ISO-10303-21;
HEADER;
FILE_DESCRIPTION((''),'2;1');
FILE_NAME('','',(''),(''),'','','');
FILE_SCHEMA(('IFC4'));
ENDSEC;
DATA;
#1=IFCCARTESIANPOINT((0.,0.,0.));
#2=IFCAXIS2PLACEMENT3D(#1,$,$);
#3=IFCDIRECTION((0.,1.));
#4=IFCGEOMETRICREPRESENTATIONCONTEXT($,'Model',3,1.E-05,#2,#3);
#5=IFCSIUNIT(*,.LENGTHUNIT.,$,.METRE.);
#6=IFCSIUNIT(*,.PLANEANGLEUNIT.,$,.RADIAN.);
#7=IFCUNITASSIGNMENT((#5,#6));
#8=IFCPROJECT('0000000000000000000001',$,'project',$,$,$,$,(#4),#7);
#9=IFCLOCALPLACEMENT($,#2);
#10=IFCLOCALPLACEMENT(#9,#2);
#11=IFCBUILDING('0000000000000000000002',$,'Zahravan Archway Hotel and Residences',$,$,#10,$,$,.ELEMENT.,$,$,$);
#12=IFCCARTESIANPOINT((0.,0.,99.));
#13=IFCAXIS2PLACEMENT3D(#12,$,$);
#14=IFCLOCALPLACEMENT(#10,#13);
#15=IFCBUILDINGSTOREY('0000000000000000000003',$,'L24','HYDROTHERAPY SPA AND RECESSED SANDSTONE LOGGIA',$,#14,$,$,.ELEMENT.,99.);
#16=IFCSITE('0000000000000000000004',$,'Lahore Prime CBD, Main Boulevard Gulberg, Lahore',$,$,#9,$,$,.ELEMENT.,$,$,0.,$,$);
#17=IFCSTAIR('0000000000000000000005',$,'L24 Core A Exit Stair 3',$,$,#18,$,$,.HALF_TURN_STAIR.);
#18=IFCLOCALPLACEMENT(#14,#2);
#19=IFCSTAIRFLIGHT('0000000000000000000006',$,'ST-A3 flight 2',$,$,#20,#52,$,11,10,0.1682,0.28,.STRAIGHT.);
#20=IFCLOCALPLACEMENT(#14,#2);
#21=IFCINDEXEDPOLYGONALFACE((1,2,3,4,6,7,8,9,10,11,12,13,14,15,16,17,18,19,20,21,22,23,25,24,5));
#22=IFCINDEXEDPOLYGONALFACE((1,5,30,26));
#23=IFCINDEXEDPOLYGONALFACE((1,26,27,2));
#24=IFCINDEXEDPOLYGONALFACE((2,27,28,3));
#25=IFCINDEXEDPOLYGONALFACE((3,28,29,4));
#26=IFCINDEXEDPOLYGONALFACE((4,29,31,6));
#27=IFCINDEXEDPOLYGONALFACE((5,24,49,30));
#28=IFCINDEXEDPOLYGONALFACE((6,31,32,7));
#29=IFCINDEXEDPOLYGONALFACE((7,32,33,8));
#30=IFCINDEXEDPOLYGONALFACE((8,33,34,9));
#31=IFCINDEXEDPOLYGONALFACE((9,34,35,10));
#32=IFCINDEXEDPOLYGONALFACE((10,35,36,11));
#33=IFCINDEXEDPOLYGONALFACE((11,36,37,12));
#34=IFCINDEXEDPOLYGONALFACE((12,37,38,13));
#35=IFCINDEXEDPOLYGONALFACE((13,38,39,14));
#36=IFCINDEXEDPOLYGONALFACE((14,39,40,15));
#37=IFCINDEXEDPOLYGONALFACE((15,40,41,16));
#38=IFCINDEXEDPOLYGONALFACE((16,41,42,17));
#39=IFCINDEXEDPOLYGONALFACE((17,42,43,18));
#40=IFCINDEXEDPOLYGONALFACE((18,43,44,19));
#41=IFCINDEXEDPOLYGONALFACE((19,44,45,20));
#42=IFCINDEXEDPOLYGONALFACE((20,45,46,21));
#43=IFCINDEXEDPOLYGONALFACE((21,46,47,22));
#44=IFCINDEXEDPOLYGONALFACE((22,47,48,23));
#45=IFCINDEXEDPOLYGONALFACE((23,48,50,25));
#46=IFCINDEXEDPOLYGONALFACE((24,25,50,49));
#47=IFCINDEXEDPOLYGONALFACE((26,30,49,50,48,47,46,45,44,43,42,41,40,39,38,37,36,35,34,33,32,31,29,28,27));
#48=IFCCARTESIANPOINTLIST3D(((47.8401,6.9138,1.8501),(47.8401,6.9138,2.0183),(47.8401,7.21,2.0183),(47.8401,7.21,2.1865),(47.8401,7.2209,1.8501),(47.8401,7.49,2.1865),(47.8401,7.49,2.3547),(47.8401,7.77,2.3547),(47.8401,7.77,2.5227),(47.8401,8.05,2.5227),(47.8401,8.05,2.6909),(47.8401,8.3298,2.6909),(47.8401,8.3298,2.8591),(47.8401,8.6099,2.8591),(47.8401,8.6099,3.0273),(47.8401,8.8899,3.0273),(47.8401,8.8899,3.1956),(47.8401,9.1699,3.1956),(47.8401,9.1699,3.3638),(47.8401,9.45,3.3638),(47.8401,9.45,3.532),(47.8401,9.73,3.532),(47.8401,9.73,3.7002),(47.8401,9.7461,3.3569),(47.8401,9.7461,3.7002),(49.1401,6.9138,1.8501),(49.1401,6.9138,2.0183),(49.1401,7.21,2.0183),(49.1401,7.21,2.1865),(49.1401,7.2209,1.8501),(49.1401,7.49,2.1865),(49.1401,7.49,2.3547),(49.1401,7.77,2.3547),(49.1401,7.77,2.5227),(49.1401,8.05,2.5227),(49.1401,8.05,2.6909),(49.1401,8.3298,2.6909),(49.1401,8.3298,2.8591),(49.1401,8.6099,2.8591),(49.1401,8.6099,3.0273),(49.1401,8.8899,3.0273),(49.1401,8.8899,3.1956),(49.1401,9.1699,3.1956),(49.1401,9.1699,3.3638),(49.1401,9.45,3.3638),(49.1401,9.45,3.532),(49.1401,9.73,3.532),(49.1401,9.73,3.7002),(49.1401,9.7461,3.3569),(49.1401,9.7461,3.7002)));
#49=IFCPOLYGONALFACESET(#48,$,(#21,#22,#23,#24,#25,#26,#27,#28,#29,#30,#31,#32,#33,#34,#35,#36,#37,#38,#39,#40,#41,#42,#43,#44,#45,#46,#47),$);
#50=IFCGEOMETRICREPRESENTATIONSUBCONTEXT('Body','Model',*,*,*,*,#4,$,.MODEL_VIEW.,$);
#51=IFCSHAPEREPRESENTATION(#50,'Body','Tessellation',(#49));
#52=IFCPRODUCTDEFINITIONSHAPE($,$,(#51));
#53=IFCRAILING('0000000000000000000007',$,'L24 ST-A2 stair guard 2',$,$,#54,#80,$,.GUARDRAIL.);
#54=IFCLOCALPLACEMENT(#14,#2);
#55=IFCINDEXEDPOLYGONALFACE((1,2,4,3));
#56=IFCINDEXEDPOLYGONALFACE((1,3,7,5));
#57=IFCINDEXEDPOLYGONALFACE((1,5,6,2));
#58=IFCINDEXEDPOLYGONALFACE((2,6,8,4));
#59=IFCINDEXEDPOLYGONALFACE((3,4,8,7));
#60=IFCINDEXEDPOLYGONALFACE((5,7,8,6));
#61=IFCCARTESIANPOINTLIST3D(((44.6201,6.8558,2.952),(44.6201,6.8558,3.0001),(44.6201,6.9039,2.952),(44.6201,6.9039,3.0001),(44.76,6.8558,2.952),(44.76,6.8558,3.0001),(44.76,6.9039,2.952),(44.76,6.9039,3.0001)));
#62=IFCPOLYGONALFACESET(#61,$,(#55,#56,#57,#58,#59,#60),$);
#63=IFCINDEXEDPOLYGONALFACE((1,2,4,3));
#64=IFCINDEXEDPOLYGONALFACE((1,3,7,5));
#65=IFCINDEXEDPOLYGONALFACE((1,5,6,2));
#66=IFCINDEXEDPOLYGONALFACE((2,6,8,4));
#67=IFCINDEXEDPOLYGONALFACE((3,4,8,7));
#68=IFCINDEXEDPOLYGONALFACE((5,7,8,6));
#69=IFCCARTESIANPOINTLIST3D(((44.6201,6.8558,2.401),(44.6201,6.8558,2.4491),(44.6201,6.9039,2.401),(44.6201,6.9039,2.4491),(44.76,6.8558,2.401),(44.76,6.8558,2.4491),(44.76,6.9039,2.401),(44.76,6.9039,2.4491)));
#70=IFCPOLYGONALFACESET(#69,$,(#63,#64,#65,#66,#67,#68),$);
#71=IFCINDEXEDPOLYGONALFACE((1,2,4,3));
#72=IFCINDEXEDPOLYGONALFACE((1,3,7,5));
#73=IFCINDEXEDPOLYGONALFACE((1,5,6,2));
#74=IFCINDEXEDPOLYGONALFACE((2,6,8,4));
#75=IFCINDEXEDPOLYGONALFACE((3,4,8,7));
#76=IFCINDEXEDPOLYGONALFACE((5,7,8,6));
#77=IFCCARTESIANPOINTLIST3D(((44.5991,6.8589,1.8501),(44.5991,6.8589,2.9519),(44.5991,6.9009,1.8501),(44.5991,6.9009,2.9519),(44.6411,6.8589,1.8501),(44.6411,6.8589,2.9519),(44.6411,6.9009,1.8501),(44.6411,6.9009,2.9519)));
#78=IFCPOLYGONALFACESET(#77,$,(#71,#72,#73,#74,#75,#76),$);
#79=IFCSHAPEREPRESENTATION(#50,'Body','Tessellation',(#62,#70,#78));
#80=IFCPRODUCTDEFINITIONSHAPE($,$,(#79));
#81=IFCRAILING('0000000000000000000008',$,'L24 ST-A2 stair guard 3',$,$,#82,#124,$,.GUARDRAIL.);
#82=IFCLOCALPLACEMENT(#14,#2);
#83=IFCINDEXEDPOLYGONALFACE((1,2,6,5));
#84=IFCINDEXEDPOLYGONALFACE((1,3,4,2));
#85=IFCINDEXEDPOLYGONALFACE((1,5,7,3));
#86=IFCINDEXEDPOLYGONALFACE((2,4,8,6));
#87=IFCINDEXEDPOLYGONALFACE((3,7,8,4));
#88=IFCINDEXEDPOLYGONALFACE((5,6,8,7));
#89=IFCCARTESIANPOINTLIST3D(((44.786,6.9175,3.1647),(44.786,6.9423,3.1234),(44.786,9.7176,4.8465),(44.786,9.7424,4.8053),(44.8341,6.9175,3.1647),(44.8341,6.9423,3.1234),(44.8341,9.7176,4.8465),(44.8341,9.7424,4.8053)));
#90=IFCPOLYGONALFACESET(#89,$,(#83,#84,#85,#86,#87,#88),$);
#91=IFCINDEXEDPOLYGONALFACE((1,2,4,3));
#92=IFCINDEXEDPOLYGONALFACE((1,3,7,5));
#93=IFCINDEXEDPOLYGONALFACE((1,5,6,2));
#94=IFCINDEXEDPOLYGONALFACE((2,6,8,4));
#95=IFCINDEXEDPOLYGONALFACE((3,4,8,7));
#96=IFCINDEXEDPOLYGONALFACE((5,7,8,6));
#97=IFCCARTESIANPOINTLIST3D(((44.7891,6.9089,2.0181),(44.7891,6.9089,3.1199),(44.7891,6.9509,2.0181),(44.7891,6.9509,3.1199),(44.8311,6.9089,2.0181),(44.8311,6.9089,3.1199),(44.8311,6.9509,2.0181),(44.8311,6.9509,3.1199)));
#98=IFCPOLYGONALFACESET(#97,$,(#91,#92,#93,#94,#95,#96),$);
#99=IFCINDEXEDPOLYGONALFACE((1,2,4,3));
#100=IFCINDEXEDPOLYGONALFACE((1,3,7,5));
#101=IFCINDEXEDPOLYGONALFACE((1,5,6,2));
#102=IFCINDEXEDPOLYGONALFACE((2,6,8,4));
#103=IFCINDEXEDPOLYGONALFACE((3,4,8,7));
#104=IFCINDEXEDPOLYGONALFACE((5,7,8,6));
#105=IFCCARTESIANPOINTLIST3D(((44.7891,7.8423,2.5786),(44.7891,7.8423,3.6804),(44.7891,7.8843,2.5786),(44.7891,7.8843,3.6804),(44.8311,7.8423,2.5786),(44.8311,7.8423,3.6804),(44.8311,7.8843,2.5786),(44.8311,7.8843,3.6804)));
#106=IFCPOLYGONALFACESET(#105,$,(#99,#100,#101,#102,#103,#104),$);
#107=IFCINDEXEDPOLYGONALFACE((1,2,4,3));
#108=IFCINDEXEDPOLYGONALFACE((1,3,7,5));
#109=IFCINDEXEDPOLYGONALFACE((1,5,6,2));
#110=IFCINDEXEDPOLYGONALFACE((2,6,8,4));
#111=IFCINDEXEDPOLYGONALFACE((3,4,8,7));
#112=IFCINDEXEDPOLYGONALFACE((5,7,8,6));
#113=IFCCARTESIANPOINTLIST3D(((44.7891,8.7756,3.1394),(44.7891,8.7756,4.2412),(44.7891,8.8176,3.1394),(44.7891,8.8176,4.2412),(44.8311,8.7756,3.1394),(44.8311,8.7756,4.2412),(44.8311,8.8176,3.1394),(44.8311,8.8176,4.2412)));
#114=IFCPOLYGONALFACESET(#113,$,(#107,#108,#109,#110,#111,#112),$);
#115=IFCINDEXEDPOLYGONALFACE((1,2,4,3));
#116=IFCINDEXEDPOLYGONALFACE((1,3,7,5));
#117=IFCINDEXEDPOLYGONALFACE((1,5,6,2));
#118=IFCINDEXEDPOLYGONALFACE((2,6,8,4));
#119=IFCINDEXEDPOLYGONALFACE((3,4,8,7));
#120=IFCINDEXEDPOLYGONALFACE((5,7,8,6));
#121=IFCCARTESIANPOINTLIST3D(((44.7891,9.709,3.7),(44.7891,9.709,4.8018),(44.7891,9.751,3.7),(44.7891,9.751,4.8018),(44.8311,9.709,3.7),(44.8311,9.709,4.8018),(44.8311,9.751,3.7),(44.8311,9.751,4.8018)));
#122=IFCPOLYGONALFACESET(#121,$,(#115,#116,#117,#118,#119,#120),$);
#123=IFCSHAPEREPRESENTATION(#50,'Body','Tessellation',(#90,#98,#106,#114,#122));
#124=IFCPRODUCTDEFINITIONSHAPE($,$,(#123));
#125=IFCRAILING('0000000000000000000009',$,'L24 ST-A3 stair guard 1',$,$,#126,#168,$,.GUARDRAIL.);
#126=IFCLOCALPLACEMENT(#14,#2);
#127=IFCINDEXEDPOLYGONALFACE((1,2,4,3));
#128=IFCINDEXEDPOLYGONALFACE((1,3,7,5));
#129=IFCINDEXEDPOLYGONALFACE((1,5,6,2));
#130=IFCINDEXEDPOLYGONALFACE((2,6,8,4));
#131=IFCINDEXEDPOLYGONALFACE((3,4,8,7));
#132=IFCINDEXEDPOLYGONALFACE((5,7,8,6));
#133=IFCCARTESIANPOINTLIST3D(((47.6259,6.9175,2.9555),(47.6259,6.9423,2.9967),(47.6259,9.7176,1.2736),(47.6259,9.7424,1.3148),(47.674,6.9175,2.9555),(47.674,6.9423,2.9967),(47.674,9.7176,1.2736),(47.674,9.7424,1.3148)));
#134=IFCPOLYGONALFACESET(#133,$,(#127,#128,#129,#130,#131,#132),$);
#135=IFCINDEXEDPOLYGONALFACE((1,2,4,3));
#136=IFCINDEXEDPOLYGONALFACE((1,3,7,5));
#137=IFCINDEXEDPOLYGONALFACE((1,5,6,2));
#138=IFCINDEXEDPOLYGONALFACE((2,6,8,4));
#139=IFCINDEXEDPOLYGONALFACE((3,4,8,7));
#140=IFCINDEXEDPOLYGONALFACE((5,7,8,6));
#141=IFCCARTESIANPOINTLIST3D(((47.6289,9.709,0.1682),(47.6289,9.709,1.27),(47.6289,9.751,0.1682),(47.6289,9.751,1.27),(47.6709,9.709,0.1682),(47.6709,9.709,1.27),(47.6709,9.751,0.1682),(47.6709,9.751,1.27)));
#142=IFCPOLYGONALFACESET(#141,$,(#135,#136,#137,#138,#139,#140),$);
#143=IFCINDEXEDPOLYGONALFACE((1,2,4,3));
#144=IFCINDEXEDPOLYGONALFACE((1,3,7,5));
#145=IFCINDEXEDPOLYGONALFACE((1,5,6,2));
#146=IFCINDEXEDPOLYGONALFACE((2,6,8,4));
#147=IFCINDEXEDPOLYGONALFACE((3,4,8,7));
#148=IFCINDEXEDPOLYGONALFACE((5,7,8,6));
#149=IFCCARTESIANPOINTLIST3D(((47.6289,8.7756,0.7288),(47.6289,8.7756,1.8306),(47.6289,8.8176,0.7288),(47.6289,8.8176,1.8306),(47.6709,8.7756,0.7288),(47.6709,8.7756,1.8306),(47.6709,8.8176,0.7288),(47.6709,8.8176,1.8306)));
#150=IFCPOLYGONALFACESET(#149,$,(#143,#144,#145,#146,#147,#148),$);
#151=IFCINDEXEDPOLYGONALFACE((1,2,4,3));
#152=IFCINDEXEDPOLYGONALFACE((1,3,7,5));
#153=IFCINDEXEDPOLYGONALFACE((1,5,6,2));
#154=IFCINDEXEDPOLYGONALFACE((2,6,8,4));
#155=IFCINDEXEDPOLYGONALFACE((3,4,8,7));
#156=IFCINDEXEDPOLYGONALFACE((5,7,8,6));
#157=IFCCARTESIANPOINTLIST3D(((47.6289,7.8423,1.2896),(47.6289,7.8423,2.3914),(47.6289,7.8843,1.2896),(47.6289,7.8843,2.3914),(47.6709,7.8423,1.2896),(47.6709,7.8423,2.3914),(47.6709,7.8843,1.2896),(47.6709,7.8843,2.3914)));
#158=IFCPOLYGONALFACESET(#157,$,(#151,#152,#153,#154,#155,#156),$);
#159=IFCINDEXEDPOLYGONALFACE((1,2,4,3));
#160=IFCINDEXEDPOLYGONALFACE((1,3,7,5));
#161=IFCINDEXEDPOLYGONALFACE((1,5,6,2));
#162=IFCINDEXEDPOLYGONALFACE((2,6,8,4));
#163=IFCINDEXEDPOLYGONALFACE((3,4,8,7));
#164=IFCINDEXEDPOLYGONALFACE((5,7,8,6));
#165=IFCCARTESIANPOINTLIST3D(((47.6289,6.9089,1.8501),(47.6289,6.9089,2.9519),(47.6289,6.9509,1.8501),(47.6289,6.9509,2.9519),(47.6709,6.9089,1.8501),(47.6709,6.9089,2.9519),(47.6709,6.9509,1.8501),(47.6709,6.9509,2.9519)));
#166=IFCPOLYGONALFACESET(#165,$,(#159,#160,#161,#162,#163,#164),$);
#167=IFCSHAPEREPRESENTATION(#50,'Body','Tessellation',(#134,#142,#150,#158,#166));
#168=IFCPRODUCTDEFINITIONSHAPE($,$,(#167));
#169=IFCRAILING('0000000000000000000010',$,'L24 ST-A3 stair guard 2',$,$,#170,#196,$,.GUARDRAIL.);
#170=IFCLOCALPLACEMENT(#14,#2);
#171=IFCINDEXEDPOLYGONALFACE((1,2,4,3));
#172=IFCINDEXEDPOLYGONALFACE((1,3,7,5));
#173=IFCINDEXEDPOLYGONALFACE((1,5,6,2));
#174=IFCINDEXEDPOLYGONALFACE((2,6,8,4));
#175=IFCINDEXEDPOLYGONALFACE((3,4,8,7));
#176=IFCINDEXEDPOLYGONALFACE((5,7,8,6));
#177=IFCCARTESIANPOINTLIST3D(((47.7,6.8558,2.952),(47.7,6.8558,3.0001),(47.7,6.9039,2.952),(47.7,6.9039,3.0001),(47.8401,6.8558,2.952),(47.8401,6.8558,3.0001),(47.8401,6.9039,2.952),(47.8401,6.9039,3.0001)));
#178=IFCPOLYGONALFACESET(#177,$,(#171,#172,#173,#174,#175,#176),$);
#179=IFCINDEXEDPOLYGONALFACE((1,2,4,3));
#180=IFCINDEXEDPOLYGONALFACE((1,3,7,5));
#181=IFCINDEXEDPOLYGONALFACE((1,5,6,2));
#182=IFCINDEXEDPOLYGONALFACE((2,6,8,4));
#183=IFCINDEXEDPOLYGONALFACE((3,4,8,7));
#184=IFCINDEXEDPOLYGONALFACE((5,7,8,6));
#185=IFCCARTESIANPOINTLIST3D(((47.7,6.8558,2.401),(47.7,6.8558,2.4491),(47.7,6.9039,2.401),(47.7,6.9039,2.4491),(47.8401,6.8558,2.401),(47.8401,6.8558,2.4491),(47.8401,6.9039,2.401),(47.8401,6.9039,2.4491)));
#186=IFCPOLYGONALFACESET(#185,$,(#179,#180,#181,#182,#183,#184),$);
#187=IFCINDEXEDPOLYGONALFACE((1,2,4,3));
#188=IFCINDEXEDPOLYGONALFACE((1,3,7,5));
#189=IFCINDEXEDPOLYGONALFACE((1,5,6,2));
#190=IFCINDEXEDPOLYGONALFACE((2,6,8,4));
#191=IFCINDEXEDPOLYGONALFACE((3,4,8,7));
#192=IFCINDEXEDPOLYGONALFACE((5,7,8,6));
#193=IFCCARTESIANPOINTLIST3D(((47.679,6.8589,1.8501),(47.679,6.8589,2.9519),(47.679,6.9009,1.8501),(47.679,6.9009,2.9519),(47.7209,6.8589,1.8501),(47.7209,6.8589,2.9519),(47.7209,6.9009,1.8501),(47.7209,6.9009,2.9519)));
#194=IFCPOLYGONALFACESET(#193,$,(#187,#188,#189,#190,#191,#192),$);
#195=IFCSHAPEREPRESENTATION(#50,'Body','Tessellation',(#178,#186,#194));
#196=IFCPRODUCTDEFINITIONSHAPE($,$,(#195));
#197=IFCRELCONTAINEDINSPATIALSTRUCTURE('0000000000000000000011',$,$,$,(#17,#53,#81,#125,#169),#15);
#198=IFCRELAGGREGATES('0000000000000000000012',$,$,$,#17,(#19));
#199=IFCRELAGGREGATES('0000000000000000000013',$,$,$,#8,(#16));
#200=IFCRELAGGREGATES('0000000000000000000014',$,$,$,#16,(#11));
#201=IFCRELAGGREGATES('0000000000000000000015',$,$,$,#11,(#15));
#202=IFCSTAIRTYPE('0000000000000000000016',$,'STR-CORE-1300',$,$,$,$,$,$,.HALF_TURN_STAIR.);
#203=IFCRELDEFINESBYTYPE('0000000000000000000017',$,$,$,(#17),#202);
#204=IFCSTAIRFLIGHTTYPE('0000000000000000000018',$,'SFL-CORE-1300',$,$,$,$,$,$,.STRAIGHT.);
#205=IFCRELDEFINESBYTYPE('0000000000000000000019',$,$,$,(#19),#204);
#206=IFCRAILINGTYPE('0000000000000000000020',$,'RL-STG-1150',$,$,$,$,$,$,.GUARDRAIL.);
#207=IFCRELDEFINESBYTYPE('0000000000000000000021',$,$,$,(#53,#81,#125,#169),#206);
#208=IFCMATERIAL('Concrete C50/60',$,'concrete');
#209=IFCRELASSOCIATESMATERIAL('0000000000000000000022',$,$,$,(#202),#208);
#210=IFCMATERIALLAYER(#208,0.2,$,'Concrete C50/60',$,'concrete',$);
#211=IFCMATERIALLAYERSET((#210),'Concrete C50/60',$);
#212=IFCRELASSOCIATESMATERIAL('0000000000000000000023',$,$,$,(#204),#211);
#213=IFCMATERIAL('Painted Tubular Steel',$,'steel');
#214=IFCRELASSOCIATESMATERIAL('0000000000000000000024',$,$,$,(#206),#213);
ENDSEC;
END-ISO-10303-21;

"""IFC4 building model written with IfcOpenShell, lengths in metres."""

from ifc_helpers import new_model, si_unit, direction, frame, origin, origin_2d, place, context, subcontext, project, spatial, polyline, rectangle, outline, extrude, source, transform, mapped, material, layer, layer_set, type_object, element, aggregate, save


model = new_model("IFC4")

# Units and contexts
model_context = context("Model", 3, precision=1e-05, world=origin(), true_north=direction((0.0, 1.0)))
body_context = subcontext(model_context, "Body", "Model", "MODEL_VIEW")
ifc_project = project(units=[si_unit("LENGTHUNIT", "METRE"), si_unit("PLANEANGLEUNIT", "RADIAN")], contexts=[model_context])

# Site, building, storey
site_placement = place(None, origin())
site = spatial("IfcSite", under=ifc_project, at=site_placement, Name="Lahore Prime CBD, Main Boulevard Gulberg, Lahore", CompositionType="ELEMENT", RefElevation=0.0)
building_placement = place(site_placement, origin())
building = spatial("IfcBuilding", under=site, at=building_placement, Name="Zahravan Archway Hotel and Residences", CompositionType="ELEMENT")
storey_placement = place(building_placement, frame((0.0, 0.0, 99.0)))
storey = spatial("IfcBuildingStorey", under=building, at=storey_placement, Name="L24", Description="HYDROTHERAPY SPA AND RECESSED SANDSTONE LOGGIA", CompositionType="ELEMENT", Elevation=99.0)

# Shared definitions
ifc_material_1 = material(Name="Concrete C50/60", Category="concrete")

# Shared definitions
stair_type = type_object("IfcStairType", Name="STR-CORE-1300", PredefinedType="HALF_TURN_STAIR", material=ifc_material_1)
ifc_layer_1 = layer(ifc_material_1, 0.2, Name="Concrete C50/60", Category="concrete")
ifc_layer_set_1 = layer_set([ifc_layer_1], Name="Concrete C50/60")
stair_flight_type = type_object("IfcStairFlightType", Name="SFL-CORE-1300", PredefinedType="STRAIGHT", material=ifc_layer_set_1)
shared_shape_1 = source(origin(), body_context, "Body", "SweptSolid", [
    extrude(outline(polyline([(-0.0161, 0.0), (-0.0161, 0.1682), (0.28, 0.1682), (0.28, 0.3364), (0.5601, 0.3364), (0.5601, 0.5046), (0.8401, 0.5046), (0.8401, 0.6726), (1.1201, 0.6726), (1.1201, 0.8408), (1.3999, 0.8408), (1.3999, 1.009), (1.6799, 1.009), (1.6799, 1.1772), (1.96, 1.1772), (1.96, 1.3455), (2.24, 1.3455), (2.24, 1.5137), (2.52, 1.5137), (2.52, 1.6819), (2.8, 1.6819), (2.8, 1.8501), (2.8162, 1.8501), (2.8162, 1.5068), (0.291, 0.0), (-0.0161, 0.0)])), frame((0.0, 0.6499, 0.0), z_axis=(0.0, -1.0, 0.0), x_axis=(1.0, 0.0, 0.0)), (0.0, 0.0, 1.0), 1.3),
])

# Stair, stair flight
stair_1_placement = place(storey_placement, origin())
stair_1 = element("IfcStair", 1, at=stair_1_placement, inside=storey, type_object=stair_type, Name="L24 Core A Exit Stair 3", PredefinedType="HALF_TURN_STAIR")
stair_flight_1_placement = place(storey_placement, frame((48.49, 6.9299, 1.8501), z_axis=(0.0, 0.0, 1.0), x_axis=(0.0, 1.0, 0.0)))
stair_flight_1 = element("IfcStairFlight", 2, at=stair_flight_1_placement, type_object=stair_flight_type, Name="ST-A3 flight 2", NumberOfRisers=11, NumberOfTreads=10, PredefinedType="STRAIGHT", RiserHeight=0.1682, TreadLength=0.28, context=body_context, shape_type="MappedRepresentation", body=[
    mapped(shared_shape_1, transform((0.0, 0.0, 0.0), scale=1.0)),
])
aggregate(stair_1, [stair_flight_1])

# Railings
ifc_material_2 = material(Name="Painted Tubular Steel", Category="steel")
railing_type_1 = type_object("IfcRailingType", Name="RL-STG-1150", PredefinedType="GUARDRAIL", material=ifc_material_2)
railing_1_placement = place(storey_placement, frame((44.6201, 6.8799, 1.8501)))
element("IfcRailing", 3, at=railing_1_placement, inside=storey, type_object=railing_type_1, Name="L24 ST-A2 stair guard 2", PredefinedType="GUARDRAIL", context=body_context, shape_type="SweptSolid", body=[
    extrude(rectangle(XDim=0.0481, YDim=0.0481, at=origin_2d()), frame((0.0, 0.0, 1.126), z_axis=(1.0, 0.0, 0.0), x_axis=(0.0, 1.0, 0.0)), (0.0, 0.0, 1.0), 0.1399),
    extrude(rectangle(XDim=0.0481, YDim=0.0481, at=origin_2d()), frame((0.0, 0.0, 0.575), z_axis=(1.0, 0.0, 0.0), x_axis=(0.0, 1.0, 0.0)), (0.0, 0.0, 1.0), 0.1399),
    extrude(rectangle(XDim=0.042, YDim=0.042, at=origin_2d()), origin(), (0.0, 0.0, 1.0), 1.1018),
])
railing_2_placement = place(storey_placement, frame((44.8101, 6.9299, 2.0181)))
element("IfcRailing", 4, at=railing_2_placement, inside=storey, type_object=railing_type_1, Name="L24 ST-A2 stair guard 3", PredefinedType="GUARDRAIL", context=body_context, shape_type="SweptSolid", body=[
    extrude(rectangle(XDim=0.0481, YDim=0.0481, at=origin_2d()), frame((0.0, 0.0, 1.126), z_axis=(0.0, 0.857242, 0.514913), x_axis=(-1.0, 0.0, 0.0)), (0.0, 0.0, 1.0), 3.2664),
    extrude(rectangle(XDim=0.042, YDim=0.042, at=origin_2d()), origin(), (0.0, 0.0, 1.0), 1.1018),
    extrude(rectangle(XDim=0.042, YDim=0.042, at=origin_2d()), frame((0.0, 0.9333, 0.5605)), (0.0, 0.0, 1.0), 1.1018),
    extrude(rectangle(XDim=0.042, YDim=0.042, at=origin_2d()), frame((0.0, 1.8667, 1.1213)), (0.0, 0.0, 1.0), 1.1018),
    extrude(rectangle(XDim=0.042, YDim=0.042, at=origin_2d()), frame((0.0, 2.8, 1.6819)), (0.0, 0.0, 1.0), 1.1018),
])
railing_3_placement = place(storey_placement, frame((47.6499, 9.73, 0.1682)))
element("IfcRailing", 5, at=railing_3_placement, inside=storey, type_object=railing_type_1, Name="L24 ST-A3 stair guard 1", PredefinedType="GUARDRAIL", context=body_context, shape_type="SweptSolid", body=[
    extrude(rectangle(XDim=0.0481, YDim=0.0481, at=origin_2d()), frame((0.0, 0.0, 1.126), z_axis=(0.0, -0.857242, 0.514913), x_axis=(1.0, 0.0, 0.0)), (0.0, 0.0, 1.0), 3.2664),
    extrude(rectangle(XDim=0.042, YDim=0.042, at=origin_2d()), origin(), (0.0, 0.0, 1.0), 1.1018),
    extrude(rectangle(XDim=0.042, YDim=0.042, at=origin_2d()), frame((0.0, -0.9333, 0.5605)), (0.0, 0.0, 1.0), 1.1018),
    extrude(rectangle(XDim=0.042, YDim=0.042, at=origin_2d()), frame((0.0, -1.8667, 1.1213)), (0.0, 0.0, 1.0), 1.1018),
    extrude(rectangle(XDim=0.042, YDim=0.042, at=origin_2d()), frame((0.0, -2.8, 1.6819)), (0.0, 0.0, 1.0), 1.1018),
])
railing_4_placement = place(storey_placement, frame((47.7, 6.8799, 1.8501)))
element("IfcRailing", 6, at=railing_4_placement, inside=storey, type_object=railing_type_1, Name="L24 ST-A3 stair guard 2", PredefinedType="GUARDRAIL", context=body_context, shape_type="SweptSolid", body=[
    extrude(rectangle(XDim=0.0481, YDim=0.0481, at=origin_2d()), frame((0.0, 0.0, 1.126), z_axis=(1.0, 0.0, 0.0), x_axis=(0.0, 1.0, 0.0)), (0.0, 0.0, 1.0), 0.1401),
    extrude(rectangle(XDim=0.0481, YDim=0.0481, at=origin_2d()), frame((0.0, 0.0, 0.575), z_axis=(1.0, 0.0, 0.0), x_axis=(0.0, 1.0, 0.0)), (0.0, 0.0, 1.0), 0.1401),
    extrude(rectangle(XDim=0.042, YDim=0.042, at=origin_2d()), origin(), (0.0, 0.0, 1.0), 1.1018),
])

save(model, "model.ifc")
